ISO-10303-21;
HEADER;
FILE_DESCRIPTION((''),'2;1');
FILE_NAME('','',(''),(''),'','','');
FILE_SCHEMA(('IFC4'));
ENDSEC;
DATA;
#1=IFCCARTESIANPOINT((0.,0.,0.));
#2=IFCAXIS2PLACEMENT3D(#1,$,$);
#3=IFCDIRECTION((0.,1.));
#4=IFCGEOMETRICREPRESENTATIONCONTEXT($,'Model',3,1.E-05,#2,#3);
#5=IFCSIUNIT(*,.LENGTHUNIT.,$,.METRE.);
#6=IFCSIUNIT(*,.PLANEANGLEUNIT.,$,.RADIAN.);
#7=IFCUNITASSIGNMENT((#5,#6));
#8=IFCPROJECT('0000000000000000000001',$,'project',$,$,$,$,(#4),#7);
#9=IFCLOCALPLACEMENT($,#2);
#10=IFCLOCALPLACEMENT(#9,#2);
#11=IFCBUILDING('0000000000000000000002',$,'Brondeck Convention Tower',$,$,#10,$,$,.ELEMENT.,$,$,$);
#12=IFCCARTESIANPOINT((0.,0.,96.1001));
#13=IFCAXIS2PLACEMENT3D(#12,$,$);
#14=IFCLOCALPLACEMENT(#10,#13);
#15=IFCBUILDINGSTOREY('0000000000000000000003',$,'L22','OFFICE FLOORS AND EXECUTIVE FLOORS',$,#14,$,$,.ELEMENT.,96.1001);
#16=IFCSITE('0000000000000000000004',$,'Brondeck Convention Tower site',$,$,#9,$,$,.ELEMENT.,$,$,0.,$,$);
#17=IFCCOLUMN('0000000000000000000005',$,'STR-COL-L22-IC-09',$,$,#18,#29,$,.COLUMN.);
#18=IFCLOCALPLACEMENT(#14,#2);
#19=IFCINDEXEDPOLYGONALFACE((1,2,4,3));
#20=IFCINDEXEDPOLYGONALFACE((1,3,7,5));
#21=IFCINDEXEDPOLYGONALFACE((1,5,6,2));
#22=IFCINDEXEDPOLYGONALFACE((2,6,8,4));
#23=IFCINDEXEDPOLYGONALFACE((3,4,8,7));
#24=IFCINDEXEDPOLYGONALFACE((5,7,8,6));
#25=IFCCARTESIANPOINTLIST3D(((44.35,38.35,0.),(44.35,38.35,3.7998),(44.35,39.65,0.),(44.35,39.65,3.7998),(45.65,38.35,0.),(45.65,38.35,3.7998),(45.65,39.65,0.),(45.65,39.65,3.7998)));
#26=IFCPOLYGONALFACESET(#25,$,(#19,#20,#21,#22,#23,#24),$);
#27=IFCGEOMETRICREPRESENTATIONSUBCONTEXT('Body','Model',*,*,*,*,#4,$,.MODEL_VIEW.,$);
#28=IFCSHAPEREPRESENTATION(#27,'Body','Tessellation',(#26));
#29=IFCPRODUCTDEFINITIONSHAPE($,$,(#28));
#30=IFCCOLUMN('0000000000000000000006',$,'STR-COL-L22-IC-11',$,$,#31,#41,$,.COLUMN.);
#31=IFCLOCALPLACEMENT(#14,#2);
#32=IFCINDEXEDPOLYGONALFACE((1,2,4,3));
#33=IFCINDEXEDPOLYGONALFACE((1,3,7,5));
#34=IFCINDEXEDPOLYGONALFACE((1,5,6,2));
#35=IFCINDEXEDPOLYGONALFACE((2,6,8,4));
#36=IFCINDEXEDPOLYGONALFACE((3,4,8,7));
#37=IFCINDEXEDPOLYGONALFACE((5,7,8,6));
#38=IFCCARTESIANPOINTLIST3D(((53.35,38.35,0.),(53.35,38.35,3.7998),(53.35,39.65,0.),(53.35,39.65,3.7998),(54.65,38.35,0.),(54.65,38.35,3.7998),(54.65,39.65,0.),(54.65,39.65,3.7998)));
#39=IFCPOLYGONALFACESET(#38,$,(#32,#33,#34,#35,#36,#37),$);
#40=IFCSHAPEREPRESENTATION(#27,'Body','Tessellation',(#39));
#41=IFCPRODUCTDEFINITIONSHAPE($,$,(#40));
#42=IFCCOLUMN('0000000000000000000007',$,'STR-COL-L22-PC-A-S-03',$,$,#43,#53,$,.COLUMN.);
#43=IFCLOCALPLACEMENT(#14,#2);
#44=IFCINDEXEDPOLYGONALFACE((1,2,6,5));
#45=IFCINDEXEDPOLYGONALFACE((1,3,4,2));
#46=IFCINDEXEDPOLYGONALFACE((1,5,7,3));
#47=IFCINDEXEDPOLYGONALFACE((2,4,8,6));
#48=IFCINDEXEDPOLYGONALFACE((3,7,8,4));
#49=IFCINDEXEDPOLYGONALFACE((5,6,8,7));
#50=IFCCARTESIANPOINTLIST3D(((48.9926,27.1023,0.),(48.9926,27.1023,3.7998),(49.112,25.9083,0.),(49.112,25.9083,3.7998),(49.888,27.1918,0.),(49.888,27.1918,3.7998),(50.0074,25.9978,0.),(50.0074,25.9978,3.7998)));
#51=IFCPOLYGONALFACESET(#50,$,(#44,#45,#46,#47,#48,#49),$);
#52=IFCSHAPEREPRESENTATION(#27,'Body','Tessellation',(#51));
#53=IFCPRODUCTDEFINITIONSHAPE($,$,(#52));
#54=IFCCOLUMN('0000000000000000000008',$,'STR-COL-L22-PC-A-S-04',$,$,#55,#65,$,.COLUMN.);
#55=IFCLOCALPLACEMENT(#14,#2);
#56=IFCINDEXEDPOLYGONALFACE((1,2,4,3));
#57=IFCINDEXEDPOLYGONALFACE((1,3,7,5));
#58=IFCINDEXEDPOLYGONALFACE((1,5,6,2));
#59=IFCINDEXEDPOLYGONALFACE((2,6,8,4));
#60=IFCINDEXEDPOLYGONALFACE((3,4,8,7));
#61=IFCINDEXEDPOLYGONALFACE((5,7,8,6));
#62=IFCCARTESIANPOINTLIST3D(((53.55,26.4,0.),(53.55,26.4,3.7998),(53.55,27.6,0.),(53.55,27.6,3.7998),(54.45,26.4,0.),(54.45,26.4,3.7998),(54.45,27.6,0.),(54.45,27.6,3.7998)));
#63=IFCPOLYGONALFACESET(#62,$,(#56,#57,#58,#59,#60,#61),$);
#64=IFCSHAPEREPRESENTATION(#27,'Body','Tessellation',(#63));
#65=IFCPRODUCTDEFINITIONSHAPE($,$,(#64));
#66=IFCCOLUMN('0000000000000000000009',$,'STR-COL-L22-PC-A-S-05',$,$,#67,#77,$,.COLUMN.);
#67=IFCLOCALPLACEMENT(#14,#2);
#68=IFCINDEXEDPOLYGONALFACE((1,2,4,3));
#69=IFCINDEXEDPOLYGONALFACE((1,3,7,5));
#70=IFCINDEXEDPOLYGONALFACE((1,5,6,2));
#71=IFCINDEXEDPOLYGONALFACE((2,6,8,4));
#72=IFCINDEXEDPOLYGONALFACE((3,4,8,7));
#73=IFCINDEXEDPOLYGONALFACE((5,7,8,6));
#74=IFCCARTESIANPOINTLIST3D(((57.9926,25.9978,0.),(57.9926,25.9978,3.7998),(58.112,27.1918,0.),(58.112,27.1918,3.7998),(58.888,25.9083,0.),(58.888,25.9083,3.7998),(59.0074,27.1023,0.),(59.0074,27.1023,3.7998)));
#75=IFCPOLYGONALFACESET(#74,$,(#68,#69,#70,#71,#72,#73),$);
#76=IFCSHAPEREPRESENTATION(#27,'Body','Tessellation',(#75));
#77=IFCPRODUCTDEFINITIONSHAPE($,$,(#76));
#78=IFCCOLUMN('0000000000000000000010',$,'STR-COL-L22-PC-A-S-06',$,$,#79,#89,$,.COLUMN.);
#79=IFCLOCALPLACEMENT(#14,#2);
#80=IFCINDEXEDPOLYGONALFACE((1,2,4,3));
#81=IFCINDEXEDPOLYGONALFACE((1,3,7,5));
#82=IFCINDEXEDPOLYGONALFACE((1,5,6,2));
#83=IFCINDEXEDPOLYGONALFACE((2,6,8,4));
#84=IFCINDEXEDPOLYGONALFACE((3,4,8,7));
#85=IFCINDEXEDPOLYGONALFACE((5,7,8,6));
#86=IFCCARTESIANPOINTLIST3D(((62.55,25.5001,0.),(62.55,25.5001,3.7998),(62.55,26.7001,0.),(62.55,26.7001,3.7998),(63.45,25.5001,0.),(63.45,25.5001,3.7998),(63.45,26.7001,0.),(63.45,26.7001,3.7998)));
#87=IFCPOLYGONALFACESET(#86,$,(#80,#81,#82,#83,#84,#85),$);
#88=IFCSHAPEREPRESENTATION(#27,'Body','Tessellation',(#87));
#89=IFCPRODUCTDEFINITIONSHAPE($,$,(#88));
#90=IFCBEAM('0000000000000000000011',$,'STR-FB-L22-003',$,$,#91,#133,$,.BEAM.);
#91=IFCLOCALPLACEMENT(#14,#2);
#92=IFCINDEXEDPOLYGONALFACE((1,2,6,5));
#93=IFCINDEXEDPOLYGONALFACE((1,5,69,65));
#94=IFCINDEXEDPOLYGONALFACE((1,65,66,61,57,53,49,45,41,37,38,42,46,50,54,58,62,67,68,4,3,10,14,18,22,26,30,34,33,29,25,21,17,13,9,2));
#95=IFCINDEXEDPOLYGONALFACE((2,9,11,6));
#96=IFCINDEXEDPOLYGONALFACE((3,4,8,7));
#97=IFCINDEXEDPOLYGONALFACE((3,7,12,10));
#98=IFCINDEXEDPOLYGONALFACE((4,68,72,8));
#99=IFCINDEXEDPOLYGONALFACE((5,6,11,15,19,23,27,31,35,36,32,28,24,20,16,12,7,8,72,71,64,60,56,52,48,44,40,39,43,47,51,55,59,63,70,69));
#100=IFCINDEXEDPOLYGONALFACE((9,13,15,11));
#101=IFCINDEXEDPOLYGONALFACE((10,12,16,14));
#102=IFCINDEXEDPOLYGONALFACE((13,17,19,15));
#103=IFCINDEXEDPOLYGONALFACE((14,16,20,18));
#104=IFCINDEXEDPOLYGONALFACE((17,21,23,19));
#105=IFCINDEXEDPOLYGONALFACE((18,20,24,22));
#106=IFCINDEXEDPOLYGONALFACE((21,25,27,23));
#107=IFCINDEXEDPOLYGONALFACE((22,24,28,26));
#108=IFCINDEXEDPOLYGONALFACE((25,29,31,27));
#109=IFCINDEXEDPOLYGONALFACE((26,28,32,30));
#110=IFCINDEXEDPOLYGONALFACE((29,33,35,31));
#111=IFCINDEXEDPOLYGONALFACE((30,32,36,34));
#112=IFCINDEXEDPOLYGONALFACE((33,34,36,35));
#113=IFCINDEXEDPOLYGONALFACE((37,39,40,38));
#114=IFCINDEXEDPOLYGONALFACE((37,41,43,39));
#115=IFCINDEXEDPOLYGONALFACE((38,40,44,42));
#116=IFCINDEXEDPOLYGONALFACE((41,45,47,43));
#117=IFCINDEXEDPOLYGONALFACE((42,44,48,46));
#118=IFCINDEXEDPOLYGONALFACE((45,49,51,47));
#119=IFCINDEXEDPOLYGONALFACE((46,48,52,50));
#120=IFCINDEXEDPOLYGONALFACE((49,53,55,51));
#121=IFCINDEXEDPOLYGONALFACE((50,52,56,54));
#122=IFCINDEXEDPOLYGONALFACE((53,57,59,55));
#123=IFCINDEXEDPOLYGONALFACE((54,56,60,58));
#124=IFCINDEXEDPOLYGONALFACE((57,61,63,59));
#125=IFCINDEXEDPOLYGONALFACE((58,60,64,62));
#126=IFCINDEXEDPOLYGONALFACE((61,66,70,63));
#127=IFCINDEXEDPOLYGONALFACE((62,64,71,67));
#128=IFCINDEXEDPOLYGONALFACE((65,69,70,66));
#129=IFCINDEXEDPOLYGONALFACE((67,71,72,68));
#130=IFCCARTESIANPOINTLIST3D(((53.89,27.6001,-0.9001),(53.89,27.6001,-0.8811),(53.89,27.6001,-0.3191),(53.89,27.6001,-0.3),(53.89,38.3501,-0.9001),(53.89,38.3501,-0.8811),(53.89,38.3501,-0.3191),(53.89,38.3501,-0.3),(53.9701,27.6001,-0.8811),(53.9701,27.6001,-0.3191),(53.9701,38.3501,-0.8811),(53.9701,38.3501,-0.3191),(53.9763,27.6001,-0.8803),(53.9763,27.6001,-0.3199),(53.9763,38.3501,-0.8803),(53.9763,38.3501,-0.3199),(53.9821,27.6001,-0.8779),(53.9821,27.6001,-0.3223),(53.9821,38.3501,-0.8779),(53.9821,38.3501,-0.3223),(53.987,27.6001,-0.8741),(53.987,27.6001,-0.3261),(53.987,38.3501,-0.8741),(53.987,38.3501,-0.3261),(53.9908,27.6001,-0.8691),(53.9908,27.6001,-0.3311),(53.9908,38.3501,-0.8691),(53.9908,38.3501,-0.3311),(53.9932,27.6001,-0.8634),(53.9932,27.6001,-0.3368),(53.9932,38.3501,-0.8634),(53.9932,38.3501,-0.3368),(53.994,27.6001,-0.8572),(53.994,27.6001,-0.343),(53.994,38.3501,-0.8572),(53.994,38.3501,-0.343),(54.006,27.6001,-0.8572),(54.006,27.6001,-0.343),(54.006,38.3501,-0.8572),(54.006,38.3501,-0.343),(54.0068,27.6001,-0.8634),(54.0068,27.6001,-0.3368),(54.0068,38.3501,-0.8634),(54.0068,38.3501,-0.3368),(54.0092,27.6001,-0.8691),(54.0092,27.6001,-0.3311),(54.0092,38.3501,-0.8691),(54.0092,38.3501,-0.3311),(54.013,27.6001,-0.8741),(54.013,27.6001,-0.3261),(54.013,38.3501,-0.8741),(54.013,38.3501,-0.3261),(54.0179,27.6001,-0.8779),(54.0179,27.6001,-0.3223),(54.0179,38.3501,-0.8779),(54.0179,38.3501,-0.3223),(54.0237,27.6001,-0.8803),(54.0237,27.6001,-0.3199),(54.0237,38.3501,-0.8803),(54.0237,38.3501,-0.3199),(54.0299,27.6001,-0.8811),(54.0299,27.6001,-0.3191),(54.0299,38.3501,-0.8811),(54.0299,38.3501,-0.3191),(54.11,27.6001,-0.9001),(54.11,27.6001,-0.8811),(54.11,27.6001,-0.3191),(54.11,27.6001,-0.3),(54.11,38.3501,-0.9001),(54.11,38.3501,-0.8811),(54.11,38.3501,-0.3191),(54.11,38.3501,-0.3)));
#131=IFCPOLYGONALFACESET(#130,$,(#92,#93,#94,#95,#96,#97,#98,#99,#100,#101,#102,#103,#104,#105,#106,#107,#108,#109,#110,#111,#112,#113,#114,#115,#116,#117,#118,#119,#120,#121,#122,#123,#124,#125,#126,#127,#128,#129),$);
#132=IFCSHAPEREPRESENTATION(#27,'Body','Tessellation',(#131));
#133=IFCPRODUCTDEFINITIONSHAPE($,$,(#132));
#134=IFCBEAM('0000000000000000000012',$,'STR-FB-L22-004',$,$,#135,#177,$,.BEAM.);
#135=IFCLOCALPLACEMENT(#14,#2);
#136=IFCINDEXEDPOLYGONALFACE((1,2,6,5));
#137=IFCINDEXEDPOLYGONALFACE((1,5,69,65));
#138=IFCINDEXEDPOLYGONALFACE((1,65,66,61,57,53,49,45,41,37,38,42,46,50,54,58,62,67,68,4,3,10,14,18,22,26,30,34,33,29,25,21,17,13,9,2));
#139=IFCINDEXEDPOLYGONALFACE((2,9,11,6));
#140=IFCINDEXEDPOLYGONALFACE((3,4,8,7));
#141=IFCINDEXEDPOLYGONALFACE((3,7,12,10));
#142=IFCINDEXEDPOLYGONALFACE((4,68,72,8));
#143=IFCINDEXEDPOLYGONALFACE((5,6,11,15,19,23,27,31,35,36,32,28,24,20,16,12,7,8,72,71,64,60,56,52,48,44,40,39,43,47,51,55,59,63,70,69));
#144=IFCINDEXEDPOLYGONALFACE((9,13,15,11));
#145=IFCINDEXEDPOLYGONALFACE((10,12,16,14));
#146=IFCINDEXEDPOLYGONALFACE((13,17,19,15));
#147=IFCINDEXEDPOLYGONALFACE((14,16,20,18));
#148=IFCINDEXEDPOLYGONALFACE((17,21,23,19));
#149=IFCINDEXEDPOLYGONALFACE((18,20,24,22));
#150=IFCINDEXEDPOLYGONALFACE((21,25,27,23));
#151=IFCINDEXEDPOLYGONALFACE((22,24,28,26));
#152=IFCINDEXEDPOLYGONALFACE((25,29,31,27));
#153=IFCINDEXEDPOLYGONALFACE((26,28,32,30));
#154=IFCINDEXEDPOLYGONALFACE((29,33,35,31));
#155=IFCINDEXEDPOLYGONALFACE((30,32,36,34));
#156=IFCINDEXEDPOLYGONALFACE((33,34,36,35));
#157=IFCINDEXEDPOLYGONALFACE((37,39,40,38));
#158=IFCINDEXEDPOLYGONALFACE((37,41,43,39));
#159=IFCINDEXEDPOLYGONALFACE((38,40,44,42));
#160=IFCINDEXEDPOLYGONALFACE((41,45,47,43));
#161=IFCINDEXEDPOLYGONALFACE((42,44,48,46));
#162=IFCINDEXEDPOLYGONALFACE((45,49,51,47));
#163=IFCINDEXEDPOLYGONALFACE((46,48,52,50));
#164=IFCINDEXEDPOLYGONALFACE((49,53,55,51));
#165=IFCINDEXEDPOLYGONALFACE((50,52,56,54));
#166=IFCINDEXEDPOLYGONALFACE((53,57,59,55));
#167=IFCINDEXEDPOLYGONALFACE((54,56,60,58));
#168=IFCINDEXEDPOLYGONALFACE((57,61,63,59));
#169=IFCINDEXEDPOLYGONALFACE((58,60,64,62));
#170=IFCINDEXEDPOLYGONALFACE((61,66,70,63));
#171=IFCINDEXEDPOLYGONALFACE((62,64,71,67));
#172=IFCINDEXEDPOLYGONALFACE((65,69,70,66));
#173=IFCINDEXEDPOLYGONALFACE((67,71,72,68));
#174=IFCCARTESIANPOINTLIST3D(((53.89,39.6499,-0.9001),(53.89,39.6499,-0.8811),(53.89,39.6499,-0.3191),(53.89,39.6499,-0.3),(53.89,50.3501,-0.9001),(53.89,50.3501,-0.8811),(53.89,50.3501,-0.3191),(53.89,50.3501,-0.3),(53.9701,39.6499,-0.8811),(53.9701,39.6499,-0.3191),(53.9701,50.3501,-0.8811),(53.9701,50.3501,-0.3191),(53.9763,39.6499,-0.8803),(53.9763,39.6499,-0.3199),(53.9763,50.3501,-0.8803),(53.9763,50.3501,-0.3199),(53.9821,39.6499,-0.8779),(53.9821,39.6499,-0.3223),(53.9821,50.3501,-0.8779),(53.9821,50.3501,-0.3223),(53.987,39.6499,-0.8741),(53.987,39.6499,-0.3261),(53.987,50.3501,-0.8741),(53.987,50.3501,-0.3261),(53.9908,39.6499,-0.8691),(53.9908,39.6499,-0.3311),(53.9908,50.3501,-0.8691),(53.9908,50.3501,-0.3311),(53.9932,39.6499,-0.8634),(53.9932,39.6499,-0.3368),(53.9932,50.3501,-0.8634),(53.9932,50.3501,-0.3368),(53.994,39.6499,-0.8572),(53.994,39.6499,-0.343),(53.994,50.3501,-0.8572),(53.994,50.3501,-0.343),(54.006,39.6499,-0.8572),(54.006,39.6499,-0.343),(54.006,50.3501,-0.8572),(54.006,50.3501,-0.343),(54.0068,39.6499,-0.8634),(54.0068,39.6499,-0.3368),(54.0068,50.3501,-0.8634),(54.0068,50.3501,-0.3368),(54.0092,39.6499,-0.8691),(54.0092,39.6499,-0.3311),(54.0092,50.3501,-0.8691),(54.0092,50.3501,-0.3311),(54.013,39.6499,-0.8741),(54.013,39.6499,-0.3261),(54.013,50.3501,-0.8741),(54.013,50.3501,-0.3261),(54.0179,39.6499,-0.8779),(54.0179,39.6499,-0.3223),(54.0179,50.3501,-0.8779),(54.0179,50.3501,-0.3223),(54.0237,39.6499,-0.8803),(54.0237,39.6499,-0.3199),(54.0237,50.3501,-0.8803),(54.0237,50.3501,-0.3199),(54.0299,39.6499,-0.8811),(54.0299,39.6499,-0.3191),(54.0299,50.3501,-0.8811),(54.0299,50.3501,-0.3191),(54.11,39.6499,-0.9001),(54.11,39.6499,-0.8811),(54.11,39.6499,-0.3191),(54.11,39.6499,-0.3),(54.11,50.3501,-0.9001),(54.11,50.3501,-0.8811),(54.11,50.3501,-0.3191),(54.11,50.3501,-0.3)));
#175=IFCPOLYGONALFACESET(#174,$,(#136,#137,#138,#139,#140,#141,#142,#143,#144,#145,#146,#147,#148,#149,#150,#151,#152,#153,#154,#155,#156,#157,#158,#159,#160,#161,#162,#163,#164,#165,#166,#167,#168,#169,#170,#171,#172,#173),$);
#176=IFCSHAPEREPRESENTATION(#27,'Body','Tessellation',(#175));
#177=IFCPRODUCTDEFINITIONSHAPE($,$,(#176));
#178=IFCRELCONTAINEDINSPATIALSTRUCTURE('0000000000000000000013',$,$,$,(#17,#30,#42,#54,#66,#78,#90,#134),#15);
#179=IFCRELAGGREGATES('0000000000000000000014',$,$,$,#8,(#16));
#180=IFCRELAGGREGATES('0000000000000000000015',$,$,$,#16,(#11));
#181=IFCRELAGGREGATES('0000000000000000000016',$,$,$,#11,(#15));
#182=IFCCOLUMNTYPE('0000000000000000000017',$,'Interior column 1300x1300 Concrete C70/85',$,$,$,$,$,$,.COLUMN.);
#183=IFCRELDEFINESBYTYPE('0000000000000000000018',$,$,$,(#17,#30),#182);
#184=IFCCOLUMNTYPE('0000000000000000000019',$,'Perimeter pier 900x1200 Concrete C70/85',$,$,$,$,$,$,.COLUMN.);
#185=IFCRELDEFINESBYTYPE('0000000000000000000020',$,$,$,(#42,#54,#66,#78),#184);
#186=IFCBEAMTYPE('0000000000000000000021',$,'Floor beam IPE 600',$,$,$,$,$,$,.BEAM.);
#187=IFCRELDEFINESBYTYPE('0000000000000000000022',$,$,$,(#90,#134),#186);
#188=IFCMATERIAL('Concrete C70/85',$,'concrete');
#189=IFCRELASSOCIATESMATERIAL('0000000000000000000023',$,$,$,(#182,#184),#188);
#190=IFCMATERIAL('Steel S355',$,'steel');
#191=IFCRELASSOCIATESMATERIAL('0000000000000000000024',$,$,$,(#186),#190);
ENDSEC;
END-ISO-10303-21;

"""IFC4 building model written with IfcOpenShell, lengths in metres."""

from ifc_helpers import new_model, si_unit, direction, frame, origin, origin_2d, place, context, subcontext, project, spatial, rectangle, i_section, extrude, material, material_profile, profile_set, type_object, element, save


model = new_model("IFC4")

# Units and contexts
model_context = context("Model", 3, precision=1e-05, world=origin(), true_north=direction((0.0, 1.0)))
body_context = subcontext(model_context, "Body", "Model", "MODEL_VIEW")
ifc_project = project(units=[si_unit("LENGTHUNIT", "METRE"), si_unit("PLANEANGLEUNIT", "RADIAN")], contexts=[model_context])

# Site, building, storey
site_placement = place(None, origin())
site = spatial("IfcSite", under=ifc_project, at=site_placement, Name="Brondeck Convention Tower site", CompositionType="ELEMENT", RefElevation=0.0)
building_placement = place(site_placement, origin())
building = spatial("IfcBuilding", under=site, at=building_placement, Name="Brondeck Convention Tower", CompositionType="ELEMENT")
storey_placement = place(building_placement, frame((0.0, 0.0, 96.1001)))
storey = spatial("IfcBuildingStorey", under=building, at=storey_placement, Name="L22", Description="OFFICE FLOORS AND EXECUTIVE FLOORS", CompositionType="ELEMENT", Elevation=96.1001)

# Columns
ifc_material_1 = material(Name="Concrete C70/85", Category="concrete")
ifc_material_profile_1 = material_profile(ifc_material_1, rectangle(XDim=1.3, YDim=1.3, at=origin_2d()), Name="Interior column 1300x1300 Concrete C70/85")
ifc_profile_set_1 = profile_set([ifc_material_profile_1], Name="Concrete C70/85")
column_type_1 = type_object("IfcColumnType", Name="Interior column 1300x1300 Concrete C70/85", PredefinedType="COLUMN", material=ifc_profile_set_1)
for number, where, z_axis, x_axis, name in (
    (1, (45.0, 39.0, 0.0), (0.0, 0.0, 1.0), (1.0, 0.0, 0.0), "STR-COL-L22-IC-09"),
    (2, (54.0, 39.0, 0.0), (0.0, 0.0, 1.0), (1.0, 0.0, 0.0), "STR-COL-L22-IC-11"),
):
    element("IfcColumn", number, at=place(storey_placement, frame(where, z_axis=z_axis, x_axis=x_axis)), inside=storey, type_object=column_type_1, Name=name, PredefinedType="COLUMN", context=body_context, shape_type="SweptSolid", body=[
        extrude(rectangle(XDim=1.3, YDim=1.3, at=origin_2d()), origin(), (0.0, 0.0, 1.0), 3.7998),
    ])
ifc_material_profile_2 = material_profile(ifc_material_1, rectangle(XDim=0.8999, YDim=1.2, at=origin_2d()), Name="Perimeter pier 900x1200 Concrete C70/85")
ifc_profile_set_2 = profile_set([ifc_material_profile_2], Name="Concrete C70/85")
column_type_2 = type_object("IfcColumnType", Name="Perimeter pier 900x1200 Concrete C70/85", PredefinedType="COLUMN", material=ifc_profile_set_2)
for number, where, z_axis, x_axis, name in (
    (3, (49.5, 26.55, 0.0), (0.0, 0.0, 1.0), (0.995037, 0.099504, 0.0), "STR-COL-L22-PC-A-S-03"),
    (4, (54.0, 27.0, 0.0), (0.0, 0.0, 1.0), (1.0, 0.0, 0.0), "STR-COL-L22-PC-A-S-04"),
    (5, (58.5, 26.55, 0.0), (0.0, 0.0, 1.0), (0.995037, -0.099504, 0.0), "STR-COL-L22-PC-A-S-05"),
    (6, (63.0, 26.1001, 0.0), (0.0, 0.0, 1.0), (1.0, 0.0, 0.0), "STR-COL-L22-PC-A-S-06"),
):
    element("IfcColumn", number, at=place(storey_placement, frame(where, z_axis=z_axis, x_axis=x_axis)), inside=storey, type_object=column_type_2, Name=name, PredefinedType="COLUMN", context=body_context, shape_type="SweptSolid", body=[
        extrude(rectangle(XDim=0.8999, YDim=1.2, at=origin_2d()), origin(), (0.0, 0.0, 1.0), 3.7998),
    ])

# Beams
ifc_material_2 = material(Name="Steel S355", Category="steel")
ifc_material_profile_3 = material_profile(ifc_material_2, i_section(OverallWidth=0.22, OverallDepth=0.6001, WebThickness=0.012, FlangeThickness=0.019, FilletRadius=0.0239, at=origin_2d()), Name="IPE 600")
ifc_profile_set_3 = profile_set([ifc_material_profile_3], Name="Steel S355")
beam_type_1 = type_object("IfcBeamType", Name="Floor beam IPE 600", PredefinedType="BEAM", material=ifc_profile_set_3)
beam_1_placement = place(storey_placement, frame((54.0, 27.6001, -0.6001), z_axis=(0.0, 1.0, 0.0), x_axis=(-1.0, 0.0, 0.0)))
element("IfcBeam", 7, at=beam_1_placement, inside=storey, type_object=beam_type_1, Name="STR-FB-L22-003", PredefinedType="BEAM", context=body_context, shape_type="SweptSolid", body=[
    extrude(i_section(OverallWidth=0.22, OverallDepth=0.6001, WebThickness=0.012, FlangeThickness=0.019, FilletRadius=0.0239, at=origin_2d()), origin(), (0.0, 0.0, 1.0), 10.75),
])
beam_2_placement = place(storey_placement, frame((54.0, 39.6499, -0.6001), z_axis=(0.0, 1.0, 0.0), x_axis=(-1.0, 0.0, 0.0)))
element("IfcBeam", 8, at=beam_2_placement, inside=storey, type_object=beam_type_1, Name="STR-FB-L22-004", PredefinedType="BEAM", context=body_context, shape_type="SweptSolid", body=[
    extrude(i_section(OverallWidth=0.22, OverallDepth=0.6001, WebThickness=0.012, FlangeThickness=0.019, FilletRadius=0.0239, at=origin_2d()), origin(), (0.0, 0.0, 1.0), 10.7002),
])

save(model, "model.ifc")
